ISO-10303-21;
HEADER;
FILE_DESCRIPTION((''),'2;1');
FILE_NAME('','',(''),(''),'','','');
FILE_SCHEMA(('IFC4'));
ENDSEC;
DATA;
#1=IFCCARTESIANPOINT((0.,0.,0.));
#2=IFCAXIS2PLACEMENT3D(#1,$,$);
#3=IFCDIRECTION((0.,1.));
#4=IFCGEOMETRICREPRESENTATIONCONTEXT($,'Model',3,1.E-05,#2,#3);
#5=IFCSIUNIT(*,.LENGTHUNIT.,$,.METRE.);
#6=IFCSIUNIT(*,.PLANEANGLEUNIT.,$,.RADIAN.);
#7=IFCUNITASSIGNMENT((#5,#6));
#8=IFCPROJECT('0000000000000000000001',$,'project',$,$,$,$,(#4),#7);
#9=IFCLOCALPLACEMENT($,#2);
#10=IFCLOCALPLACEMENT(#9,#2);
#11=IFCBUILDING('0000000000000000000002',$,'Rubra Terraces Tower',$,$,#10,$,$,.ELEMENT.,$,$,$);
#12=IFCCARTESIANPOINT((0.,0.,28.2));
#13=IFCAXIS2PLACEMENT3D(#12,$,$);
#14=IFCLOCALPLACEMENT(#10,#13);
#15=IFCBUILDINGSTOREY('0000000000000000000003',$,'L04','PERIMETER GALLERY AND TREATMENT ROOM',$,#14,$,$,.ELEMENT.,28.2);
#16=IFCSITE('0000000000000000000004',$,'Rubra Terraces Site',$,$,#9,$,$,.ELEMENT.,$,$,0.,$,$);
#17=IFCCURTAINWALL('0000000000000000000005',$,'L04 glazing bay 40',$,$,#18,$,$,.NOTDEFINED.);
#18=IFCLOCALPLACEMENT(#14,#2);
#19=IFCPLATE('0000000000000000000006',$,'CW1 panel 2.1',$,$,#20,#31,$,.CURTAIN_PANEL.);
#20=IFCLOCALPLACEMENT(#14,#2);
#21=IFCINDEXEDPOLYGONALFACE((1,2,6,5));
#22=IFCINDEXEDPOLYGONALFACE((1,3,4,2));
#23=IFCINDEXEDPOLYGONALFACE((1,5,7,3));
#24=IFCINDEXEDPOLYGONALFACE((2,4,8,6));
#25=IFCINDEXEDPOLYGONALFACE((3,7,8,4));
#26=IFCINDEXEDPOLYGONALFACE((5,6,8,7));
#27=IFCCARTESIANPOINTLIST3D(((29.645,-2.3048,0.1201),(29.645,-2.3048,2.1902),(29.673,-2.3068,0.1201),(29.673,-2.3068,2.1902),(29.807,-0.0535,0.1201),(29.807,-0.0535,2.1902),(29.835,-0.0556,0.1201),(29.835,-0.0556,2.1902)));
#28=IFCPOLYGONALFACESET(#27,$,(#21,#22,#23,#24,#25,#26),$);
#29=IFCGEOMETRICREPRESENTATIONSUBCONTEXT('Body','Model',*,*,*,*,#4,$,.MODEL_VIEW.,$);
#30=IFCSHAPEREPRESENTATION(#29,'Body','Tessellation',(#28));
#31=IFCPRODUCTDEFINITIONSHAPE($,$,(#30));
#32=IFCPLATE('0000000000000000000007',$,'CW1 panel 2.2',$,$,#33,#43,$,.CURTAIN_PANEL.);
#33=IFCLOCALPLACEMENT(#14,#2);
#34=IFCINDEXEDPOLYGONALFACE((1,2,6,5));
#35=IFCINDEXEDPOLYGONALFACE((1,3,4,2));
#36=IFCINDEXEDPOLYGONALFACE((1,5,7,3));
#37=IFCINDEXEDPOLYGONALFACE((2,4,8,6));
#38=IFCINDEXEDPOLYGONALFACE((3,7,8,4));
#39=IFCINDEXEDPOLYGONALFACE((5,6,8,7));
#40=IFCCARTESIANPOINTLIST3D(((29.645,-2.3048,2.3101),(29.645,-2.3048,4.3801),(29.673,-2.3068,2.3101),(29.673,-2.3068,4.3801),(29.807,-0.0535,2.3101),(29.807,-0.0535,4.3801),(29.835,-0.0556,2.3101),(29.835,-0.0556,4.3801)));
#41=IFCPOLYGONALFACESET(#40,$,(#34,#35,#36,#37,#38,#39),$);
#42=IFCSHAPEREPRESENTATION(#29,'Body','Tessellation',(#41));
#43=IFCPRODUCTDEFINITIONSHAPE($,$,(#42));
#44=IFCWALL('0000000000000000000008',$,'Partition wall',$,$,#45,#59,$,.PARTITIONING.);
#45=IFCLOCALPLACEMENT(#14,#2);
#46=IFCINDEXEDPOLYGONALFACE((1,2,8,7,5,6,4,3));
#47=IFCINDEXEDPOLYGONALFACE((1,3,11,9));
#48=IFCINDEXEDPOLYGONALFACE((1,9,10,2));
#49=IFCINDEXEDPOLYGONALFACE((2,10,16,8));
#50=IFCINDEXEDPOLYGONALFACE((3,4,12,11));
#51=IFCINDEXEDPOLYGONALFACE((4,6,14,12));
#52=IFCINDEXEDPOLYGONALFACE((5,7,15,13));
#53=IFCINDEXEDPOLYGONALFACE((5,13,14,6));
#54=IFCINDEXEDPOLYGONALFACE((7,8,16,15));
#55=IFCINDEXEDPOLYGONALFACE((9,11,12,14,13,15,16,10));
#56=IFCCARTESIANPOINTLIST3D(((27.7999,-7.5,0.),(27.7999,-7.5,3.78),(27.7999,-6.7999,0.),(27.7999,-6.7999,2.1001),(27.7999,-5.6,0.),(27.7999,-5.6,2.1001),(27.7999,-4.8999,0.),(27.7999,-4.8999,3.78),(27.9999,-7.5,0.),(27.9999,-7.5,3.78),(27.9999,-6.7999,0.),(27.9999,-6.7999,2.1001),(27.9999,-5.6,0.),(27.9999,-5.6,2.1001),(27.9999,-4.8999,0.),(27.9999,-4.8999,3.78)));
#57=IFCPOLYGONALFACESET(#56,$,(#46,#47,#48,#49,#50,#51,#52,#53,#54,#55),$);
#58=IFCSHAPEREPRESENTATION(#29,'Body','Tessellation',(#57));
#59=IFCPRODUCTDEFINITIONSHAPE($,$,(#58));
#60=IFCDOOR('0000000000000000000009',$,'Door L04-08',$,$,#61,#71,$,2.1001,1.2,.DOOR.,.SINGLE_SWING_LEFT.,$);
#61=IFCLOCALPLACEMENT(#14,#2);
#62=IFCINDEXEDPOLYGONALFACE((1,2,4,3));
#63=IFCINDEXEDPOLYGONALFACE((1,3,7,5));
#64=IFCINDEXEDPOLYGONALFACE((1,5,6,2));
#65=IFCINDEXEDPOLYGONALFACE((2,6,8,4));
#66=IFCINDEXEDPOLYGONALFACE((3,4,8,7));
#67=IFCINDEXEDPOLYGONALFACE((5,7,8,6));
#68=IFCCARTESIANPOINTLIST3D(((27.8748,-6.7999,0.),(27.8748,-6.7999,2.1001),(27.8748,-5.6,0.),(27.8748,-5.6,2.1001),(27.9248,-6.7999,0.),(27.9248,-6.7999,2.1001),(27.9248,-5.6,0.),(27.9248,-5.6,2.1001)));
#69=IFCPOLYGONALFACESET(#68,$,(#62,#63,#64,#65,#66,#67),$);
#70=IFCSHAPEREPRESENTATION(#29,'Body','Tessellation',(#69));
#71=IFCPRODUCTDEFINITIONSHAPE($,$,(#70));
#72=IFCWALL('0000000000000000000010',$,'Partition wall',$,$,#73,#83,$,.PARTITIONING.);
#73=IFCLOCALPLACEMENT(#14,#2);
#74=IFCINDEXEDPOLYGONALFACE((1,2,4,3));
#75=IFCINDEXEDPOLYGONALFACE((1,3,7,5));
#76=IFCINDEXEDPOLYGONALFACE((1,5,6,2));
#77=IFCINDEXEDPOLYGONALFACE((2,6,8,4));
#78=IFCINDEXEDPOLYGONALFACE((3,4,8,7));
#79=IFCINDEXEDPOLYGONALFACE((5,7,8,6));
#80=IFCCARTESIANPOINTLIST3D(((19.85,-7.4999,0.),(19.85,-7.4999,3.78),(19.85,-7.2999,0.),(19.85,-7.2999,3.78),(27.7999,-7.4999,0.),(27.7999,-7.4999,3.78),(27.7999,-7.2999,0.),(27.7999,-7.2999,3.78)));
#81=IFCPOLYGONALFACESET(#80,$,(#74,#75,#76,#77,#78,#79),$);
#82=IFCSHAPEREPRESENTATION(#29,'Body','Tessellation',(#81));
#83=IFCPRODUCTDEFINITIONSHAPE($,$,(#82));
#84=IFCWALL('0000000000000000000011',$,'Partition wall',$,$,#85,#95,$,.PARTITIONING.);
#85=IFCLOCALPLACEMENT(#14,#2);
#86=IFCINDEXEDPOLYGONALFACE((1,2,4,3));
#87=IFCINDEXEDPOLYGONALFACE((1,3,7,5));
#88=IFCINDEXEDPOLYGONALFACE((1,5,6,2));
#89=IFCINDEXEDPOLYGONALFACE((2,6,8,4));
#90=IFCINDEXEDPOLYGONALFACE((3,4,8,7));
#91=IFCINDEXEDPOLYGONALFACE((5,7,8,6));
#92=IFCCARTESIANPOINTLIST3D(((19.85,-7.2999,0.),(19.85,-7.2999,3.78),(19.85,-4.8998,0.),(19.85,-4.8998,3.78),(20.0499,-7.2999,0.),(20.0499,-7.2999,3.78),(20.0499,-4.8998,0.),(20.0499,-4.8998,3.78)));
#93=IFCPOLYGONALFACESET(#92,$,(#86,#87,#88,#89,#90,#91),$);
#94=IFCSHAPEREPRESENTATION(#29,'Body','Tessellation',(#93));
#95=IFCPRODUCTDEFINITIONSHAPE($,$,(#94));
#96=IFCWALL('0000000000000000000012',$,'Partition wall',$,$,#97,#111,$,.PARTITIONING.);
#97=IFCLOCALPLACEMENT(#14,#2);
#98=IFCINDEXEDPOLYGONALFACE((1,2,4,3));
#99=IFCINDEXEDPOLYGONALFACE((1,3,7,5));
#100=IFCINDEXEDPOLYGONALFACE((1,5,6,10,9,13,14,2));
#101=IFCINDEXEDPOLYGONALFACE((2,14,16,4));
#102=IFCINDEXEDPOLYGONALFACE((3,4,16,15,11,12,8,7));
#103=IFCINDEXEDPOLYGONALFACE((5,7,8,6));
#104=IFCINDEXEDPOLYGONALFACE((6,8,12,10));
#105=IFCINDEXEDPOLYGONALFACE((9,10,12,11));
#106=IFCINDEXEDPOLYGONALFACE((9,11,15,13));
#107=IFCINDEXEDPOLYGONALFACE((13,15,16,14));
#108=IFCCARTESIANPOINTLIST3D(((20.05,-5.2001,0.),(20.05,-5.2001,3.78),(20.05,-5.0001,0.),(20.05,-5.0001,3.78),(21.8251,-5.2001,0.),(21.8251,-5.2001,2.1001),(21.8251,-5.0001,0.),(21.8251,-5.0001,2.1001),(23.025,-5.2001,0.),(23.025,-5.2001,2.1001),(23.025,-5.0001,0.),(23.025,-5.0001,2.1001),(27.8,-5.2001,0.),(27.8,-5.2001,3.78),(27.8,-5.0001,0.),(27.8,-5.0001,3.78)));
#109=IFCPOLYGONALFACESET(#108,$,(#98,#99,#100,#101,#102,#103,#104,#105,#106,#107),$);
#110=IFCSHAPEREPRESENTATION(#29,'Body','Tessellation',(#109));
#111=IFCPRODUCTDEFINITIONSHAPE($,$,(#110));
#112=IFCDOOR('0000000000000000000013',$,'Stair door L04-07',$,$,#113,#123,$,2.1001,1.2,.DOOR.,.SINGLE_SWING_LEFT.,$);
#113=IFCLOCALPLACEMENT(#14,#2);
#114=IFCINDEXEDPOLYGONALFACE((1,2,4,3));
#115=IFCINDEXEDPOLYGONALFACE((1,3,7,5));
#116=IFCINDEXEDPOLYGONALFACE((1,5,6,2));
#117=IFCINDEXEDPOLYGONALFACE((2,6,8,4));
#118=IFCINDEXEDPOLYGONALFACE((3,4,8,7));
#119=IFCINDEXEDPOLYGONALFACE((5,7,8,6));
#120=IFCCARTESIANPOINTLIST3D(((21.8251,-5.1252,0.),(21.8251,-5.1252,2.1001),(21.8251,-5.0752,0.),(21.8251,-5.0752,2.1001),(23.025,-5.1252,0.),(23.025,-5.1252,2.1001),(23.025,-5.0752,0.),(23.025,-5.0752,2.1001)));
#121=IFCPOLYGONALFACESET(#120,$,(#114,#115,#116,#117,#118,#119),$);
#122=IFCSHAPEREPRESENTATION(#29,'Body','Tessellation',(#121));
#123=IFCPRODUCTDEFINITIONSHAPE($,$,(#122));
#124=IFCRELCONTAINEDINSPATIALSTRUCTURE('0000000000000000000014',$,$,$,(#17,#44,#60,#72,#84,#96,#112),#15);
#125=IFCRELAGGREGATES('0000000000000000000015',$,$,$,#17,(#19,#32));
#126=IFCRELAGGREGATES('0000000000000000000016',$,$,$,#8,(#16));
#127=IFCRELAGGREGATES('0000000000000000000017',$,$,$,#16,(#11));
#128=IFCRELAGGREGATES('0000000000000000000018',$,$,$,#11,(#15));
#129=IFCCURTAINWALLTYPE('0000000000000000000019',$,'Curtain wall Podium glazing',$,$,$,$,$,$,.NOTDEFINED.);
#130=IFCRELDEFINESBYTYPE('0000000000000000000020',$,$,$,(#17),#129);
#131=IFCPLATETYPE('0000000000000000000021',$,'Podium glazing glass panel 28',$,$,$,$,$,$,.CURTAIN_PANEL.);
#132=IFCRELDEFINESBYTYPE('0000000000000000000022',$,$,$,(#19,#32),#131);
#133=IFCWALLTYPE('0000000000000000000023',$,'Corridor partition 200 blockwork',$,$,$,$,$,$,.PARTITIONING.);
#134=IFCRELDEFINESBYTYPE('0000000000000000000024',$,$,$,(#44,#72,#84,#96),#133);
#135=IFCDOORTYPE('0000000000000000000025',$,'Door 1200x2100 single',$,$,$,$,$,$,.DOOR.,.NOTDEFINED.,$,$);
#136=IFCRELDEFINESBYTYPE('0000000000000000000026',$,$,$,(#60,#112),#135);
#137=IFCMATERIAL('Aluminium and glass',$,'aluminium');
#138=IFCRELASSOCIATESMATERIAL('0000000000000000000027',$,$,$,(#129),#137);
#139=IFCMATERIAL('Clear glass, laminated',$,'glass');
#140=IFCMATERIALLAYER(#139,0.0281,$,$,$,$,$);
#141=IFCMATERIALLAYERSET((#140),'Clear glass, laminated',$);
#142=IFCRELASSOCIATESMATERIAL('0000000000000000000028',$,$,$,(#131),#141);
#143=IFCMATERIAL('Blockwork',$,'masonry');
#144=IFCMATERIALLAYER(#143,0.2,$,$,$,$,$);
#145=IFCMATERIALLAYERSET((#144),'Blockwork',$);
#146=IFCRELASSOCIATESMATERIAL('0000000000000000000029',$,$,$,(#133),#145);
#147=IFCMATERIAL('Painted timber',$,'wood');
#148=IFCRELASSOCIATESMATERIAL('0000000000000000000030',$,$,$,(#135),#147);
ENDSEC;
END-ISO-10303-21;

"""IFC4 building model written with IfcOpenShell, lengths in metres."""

from ifc_helpers import new_model, si_unit, direction, frame, frame_2d, origin, origin_2d, place, context, subcontext, project, spatial, rectangle, extrude, material, layer, layer_set, type_object, element, fill, aggregate, save


model = new_model("IFC4")

# Units and contexts
model_context = context("Model", 3, precision=1e-05, world=origin(), true_north=direction((0.0, 1.0)))
body_context = subcontext(model_context, "Body", "Model", "MODEL_VIEW")
ifc_project = project(units=[si_unit("LENGTHUNIT", "METRE"), si_unit("PLANEANGLEUNIT", "RADIAN")], contexts=[model_context])

# Site, building, storey
site_placement = place(None, origin())
site = spatial("IfcSite", under=ifc_project, at=site_placement, Name="Rubra Terraces Site", CompositionType="ELEMENT", RefElevation=0.0)
building_placement = place(site_placement, origin())
building = spatial("IfcBuilding", under=site, at=building_placement, Name="Rubra Terraces Tower", CompositionType="ELEMENT")
storey_placement = place(building_placement, frame((0.0, 0.0, 28.2)))
storey = spatial("IfcBuildingStorey", under=building, at=storey_placement, Name="L04", Description="PERIMETER GALLERY AND TREATMENT ROOM", CompositionType="ELEMENT", Elevation=28.2)

# Shared definitions
ifc_material_1 = material(Name="Aluminium and glass", Category="aluminium")
curtain_wall_type = type_object("IfcCurtainWallType", Name="Curtain wall Podium glazing", PredefinedType="NOTDEFINED", material=ifc_material_1)

# Curtain wall
curtain_wall_1_placement = place(storey_placement, origin())
curtain_wall_1 = element("IfcCurtainWall", 1, at=curtain_wall_1_placement, inside=storey, type_object=curtain_wall_type, Name="L04 glazing bay 40", PredefinedType="NOTDEFINED")

# Plates
ifc_material_2 = material(Name="Clear glass, laminated", Category="glass")
ifc_layer_1 = layer(ifc_material_2, 0.0281)
ifc_layer_set_1 = layer_set([ifc_layer_1], Name="Clear glass, laminated")
plate_type = type_object("IfcPlateType", Name="Podium glazing glass panel 28", PredefinedType="CURTAIN_PANEL", material=ifc_layer_set_1)
plate_1_placement = place(storey_placement, frame((29.74, -1.1802, 0.1201), z_axis=(0.0, 0.0, 1.0), x_axis=(0.071792, 0.99742, 0.0)))
plate_1 = element("IfcPlate", 2, at=plate_1_placement, type_object=plate_type, Name="CW1 panel 2.1", PredefinedType="CURTAIN_PANEL", context=body_context, shape_type="SweptSolid", body=[
    extrude(rectangle(XDim=2.2571, YDim=0.0281, at=origin_2d()), origin(), (0.0, 0.0, 1.0), 2.0701),
])
plate_2_placement = place(storey_placement, frame((29.74, -1.1802, 2.3101), z_axis=(0.0, 0.0, 1.0), x_axis=(0.071792, 0.99742, 0.0)))
plate_2 = element("IfcPlate", 3, at=plate_2_placement, type_object=plate_type, Name="CW1 panel 2.2", PredefinedType="CURTAIN_PANEL", context=body_context, shape_type="SweptSolid", body=[
    extrude(rectangle(XDim=2.2571, YDim=0.0281, at=origin_2d()), origin(), (0.0, 0.0, 1.0), 2.0701),
])
aggregate(curtain_wall_1, [plate_1, plate_2])

# Wall, opening, door
ifc_material_3 = material(Name="Blockwork", Category="masonry")
ifc_layer_2 = layer(ifc_material_3, 0.2)
ifc_layer_set_2 = layer_set([ifc_layer_2], Name="Blockwork")
wall_type = type_object("IfcWallType", Name="Corridor partition 200 blockwork", PredefinedType="PARTITIONING", material=ifc_layer_set_2)
wall_1_placement = place(storey_placement, frame((27.8999, -4.8999, 0.0), z_axis=(0.0, 0.0, 1.0), x_axis=(0.0, -1.0, 0.0)))
wall_1 = element("IfcWall", 4, at=wall_1_placement, inside=storey, type_object=wall_type, Name="Partition wall", PredefinedType="PARTITIONING", context=body_context, shape_type="SweptSolid", body=[
    extrude(rectangle(XDim=2.6001, YDim=0.2, at=frame_2d((1.3, 0.0))), origin(), (0.0, 0.0, 1.0), 3.78),
])
opening_1_placement = place(wall_1_placement, frame((0.7, 0.0, 0.0)))
opening_1 = element("IfcOpeningElement", 5, at=opening_1_placement, cuts=wall_1, PredefinedType="OPENING", context=body_context, shape_type="SweptSolid", body=[
    extrude(rectangle(XDim=1.2, YDim=2.1001, at=frame_2d((0.6001, 1.05))), frame((0.0, 0.1099, 0.0), z_axis=(0.0, -1.0, 0.0), x_axis=(1.0, 0.0, 0.0)), (0.0, 0.0, 1.0), 0.22),
])
ifc_material_4 = material(Name="Painted timber", Category="wood")
door_type = type_object("IfcDoorType", Name="Door 1200x2100 single", OperationType="NOTDEFINED", PredefinedType="DOOR", material=ifc_material_4)
door_1_placement = place(opening_1_placement, origin())
door_1 = element("IfcDoor", 6, at=door_1_placement, inside=storey, type_object=door_type, Name="Door L04-08", OperationType="SINGLE_SWING_LEFT", OverallHeight=2.1001, OverallWidth=1.2, PredefinedType="DOOR", context=body_context, shape_type="SweptSolid", body=[
    extrude(rectangle(XDim=1.2, YDim=2.1001, at=frame_2d((0.6001, 1.05))), frame((0.0, 0.0249, 0.0), z_axis=(0.0, -1.0, 0.0), x_axis=(1.0, 0.0, 0.0)), (0.0, 0.0, 1.0), 0.05),
])
fill(opening_1, door_1)

# Walls
wall_2_placement = place(storey_placement, frame((27.8, -7.3999, 0.0), z_axis=(0.0, 0.0, 1.0), x_axis=(-1.0, 0.0, 0.0)))
element("IfcWall", 7, at=wall_2_placement, inside=storey, type_object=wall_type, Name="Partition wall", PredefinedType="PARTITIONING", context=body_context, shape_type="SweptSolid", body=[
    extrude(rectangle(XDim=7.95, YDim=0.2, at=frame_2d((3.9751, 0.0))), origin(), (0.0, 0.0, 1.0), 3.78),
])
wall_3_placement = place(storey_placement, frame((19.95, -7.3, 0.0), z_axis=(0.0, 0.0, 1.0), x_axis=(0.0, 1.0, 0.0)))
element("IfcWall", 8, at=wall_3_placement, inside=storey, type_object=wall_type, Name="Partition wall", PredefinedType="PARTITIONING", context=body_context, shape_type="SweptSolid", body=[
    extrude(rectangle(XDim=2.4001, YDim=0.2, at=frame_2d((1.2002, 0.0))), origin(), (0.0, 0.0, 1.0), 3.78),
])

# Wall, opening, door
wall_4_placement = place(storey_placement, frame((20.05, -5.1001, 0.0), z_axis=(0.0, 0.0, 1.0), x_axis=(1.0, 0.0, 0.0)))
wall_4 = element("IfcWall", 9, at=wall_4_placement, inside=storey, type_object=wall_type, Name="Partition wall", PredefinedType="PARTITIONING", context=body_context, shape_type="SweptSolid", body=[
    extrude(rectangle(XDim=7.75, YDim=0.2, at=frame_2d((3.875, 0.0))), origin(), (0.0, 0.0, 1.0), 3.78),
])
opening_2_placement = place(wall_4_placement, frame((1.7749, 0.0, 0.0)))
opening_2 = element("IfcOpeningElement", 10, at=opening_2_placement, cuts=wall_4, PredefinedType="OPENING", context=body_context, shape_type="SweptSolid", body=[
    extrude(rectangle(XDim=1.2, YDim=2.1001, at=frame_2d((0.6001, 1.05))), frame((0.0, 0.1099, 0.0), z_axis=(0.0, -1.0, 0.0), x_axis=(1.0, 0.0, 0.0)), (0.0, 0.0, 1.0), 0.22),
])
door_2_placement = place(opening_2_placement, origin())
door_2 = element("IfcDoor", 11, at=door_2_placement, inside=storey, type_object=door_type, Name="Stair door L04-07", OperationType="SINGLE_SWING_LEFT", OverallHeight=2.1001, OverallWidth=1.2, PredefinedType="DOOR", context=body_context, shape_type="SweptSolid", body=[
    extrude(rectangle(XDim=1.2, YDim=2.1001, at=frame_2d((0.6001, 1.05))), frame((0.0, 0.0249, 0.0), z_axis=(0.0, -1.0, 0.0), x_axis=(1.0, 0.0, 0.0)), (0.0, 0.0, 1.0), 0.05),
])
fill(opening_2, door_2)

save(model, "model.ifc")
